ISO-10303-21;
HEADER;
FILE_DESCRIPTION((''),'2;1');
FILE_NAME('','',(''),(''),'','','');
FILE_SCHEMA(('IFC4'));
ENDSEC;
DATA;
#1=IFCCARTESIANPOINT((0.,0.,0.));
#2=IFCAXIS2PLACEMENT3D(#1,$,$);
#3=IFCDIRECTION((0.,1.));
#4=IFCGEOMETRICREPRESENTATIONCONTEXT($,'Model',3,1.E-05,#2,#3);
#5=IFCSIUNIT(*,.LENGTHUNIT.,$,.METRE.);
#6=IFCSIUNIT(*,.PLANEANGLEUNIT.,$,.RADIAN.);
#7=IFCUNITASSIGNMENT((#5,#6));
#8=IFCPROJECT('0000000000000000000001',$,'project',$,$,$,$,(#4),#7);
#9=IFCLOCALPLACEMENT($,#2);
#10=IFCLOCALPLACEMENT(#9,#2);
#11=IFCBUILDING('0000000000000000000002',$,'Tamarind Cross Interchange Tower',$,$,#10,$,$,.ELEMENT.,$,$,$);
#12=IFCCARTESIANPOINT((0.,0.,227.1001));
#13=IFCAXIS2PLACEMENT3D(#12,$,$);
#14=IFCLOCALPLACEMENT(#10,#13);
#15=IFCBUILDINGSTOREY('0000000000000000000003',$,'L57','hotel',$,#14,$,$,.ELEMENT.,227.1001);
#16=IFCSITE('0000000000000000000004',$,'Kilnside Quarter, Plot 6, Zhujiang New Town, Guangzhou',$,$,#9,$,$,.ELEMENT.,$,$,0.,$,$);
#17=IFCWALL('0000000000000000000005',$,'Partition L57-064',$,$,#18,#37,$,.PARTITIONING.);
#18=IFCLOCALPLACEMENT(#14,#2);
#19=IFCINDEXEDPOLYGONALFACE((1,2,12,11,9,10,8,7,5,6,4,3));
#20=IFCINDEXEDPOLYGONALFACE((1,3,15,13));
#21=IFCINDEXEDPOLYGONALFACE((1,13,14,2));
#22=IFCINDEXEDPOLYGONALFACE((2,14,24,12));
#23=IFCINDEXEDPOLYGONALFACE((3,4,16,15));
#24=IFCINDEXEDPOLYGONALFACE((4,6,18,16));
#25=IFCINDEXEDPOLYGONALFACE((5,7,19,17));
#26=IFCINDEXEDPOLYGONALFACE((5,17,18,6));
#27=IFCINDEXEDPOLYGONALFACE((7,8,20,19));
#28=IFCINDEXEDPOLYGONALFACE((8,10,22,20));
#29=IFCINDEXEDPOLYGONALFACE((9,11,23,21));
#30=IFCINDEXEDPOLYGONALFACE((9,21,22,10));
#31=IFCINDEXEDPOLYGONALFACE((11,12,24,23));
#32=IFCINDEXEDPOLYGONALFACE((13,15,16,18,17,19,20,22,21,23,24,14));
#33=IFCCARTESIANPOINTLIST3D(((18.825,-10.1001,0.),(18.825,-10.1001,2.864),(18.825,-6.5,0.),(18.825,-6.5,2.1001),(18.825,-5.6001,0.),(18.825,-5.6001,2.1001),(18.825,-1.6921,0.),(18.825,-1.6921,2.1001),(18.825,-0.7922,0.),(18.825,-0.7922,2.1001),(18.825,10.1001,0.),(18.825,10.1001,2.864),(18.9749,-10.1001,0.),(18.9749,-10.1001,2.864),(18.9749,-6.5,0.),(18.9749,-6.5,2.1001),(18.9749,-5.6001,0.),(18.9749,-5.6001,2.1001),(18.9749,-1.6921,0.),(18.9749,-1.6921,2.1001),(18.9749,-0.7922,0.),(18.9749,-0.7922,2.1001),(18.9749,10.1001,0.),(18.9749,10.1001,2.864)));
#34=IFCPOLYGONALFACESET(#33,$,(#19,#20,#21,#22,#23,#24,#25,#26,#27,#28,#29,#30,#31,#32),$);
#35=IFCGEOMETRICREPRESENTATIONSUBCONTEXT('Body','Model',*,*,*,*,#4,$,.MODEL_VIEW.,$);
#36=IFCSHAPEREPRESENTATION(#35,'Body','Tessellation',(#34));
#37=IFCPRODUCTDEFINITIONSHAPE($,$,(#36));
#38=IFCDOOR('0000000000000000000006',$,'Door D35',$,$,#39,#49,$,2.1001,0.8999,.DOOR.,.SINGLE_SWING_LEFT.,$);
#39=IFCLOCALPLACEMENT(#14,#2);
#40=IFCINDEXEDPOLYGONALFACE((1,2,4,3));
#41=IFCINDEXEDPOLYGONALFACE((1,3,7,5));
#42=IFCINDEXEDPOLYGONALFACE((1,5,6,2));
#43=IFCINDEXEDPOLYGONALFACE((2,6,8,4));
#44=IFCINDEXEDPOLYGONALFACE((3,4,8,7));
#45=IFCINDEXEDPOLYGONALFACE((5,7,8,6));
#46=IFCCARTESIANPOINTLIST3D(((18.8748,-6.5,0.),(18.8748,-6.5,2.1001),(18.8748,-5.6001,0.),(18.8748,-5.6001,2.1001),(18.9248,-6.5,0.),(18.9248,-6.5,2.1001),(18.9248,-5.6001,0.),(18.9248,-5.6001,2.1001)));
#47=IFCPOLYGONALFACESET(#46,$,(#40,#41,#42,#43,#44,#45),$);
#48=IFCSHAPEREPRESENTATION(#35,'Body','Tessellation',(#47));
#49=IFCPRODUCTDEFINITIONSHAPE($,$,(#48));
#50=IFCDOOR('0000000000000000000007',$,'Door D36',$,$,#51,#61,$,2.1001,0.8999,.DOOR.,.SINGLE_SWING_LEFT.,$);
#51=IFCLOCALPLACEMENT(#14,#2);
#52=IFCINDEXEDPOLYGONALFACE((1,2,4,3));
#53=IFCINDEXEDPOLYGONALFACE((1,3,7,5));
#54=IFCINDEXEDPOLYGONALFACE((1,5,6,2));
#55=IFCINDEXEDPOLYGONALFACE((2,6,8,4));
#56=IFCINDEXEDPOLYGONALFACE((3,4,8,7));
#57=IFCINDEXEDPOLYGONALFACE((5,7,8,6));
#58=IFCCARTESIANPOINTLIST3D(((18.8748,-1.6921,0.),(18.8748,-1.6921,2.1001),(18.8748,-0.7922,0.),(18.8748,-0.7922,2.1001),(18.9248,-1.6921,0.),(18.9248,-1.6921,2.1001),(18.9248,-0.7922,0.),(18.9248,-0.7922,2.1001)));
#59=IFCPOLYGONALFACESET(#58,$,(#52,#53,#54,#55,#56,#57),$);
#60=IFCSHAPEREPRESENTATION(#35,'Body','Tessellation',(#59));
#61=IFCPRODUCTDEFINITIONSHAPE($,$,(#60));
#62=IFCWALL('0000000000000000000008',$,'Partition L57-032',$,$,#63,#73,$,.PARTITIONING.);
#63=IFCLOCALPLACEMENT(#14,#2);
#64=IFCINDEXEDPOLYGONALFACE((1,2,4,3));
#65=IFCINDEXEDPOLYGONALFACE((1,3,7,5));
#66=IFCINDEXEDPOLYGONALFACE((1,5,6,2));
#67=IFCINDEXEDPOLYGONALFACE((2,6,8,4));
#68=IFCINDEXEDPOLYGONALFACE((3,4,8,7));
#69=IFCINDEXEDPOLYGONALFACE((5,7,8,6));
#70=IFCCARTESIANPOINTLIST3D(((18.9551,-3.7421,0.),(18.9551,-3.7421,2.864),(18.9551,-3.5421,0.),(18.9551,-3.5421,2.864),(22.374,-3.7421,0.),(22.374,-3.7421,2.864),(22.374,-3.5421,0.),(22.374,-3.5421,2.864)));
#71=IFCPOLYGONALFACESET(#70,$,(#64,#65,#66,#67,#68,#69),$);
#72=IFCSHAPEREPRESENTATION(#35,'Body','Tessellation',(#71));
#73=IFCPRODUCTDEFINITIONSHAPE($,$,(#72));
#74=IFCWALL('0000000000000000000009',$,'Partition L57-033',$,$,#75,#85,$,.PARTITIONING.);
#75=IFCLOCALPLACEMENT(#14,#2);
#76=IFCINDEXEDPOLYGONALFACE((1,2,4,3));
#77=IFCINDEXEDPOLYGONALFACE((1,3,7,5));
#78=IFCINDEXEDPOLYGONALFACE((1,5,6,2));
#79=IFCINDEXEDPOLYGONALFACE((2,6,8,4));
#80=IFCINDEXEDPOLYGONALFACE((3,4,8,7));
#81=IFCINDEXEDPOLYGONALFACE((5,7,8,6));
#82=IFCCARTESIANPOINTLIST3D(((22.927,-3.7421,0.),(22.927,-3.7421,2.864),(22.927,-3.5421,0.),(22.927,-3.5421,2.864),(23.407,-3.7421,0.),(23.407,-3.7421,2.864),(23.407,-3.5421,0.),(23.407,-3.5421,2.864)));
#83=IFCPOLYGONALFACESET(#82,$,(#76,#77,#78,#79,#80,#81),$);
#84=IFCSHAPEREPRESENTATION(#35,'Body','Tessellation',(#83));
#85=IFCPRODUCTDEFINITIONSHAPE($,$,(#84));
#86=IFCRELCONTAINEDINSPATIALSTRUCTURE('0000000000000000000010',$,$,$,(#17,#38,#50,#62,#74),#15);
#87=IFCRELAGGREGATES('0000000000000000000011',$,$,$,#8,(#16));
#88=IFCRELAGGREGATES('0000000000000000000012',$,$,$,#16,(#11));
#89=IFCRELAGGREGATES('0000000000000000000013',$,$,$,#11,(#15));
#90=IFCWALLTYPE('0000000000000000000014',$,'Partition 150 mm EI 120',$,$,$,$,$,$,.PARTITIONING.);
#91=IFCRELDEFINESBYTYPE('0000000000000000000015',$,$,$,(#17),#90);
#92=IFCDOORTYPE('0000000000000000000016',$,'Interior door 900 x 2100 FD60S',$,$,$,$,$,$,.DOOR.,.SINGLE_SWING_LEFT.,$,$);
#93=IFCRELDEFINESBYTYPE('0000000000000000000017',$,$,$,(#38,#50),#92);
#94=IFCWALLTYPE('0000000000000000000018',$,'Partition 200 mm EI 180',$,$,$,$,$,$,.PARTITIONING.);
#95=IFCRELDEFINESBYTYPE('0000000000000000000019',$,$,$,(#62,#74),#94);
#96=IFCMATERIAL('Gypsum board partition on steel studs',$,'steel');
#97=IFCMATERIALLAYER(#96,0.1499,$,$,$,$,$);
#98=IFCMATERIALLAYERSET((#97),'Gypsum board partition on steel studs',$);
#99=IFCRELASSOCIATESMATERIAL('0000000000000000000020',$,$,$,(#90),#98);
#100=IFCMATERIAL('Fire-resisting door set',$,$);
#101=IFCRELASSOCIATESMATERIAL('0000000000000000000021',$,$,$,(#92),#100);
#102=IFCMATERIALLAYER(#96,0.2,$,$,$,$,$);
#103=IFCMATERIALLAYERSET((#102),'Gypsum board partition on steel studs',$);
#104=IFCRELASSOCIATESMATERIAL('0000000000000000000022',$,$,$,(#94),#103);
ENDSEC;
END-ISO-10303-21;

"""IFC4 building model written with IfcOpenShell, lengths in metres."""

from ifc_helpers import new_model, si_unit, direction, frame, frame_2d, origin, place, context, subcontext, project, spatial, rectangle, extrude, material, layer, layer_set, type_object, element, fill, save


model = new_model("IFC4")

# Units and contexts
model_context = context("Model", 3, precision=1e-05, world=origin(), true_north=direction((0.0, 1.0)))
body_context = subcontext(model_context, "Body", "Model", "MODEL_VIEW")
ifc_project = project(units=[si_unit("LENGTHUNIT", "METRE"), si_unit("PLANEANGLEUNIT", "RADIAN")], contexts=[model_context])

# Site, building, storey
site_placement = place(None, origin())
site = spatial("IfcSite", under=ifc_project, at=site_placement, Name="Kilnside Quarter, Plot 6, Zhujiang New Town, Guangzhou", CompositionType="ELEMENT", RefElevation=0.0)
building_placement = place(site_placement, origin())
building = spatial("IfcBuilding", under=site, at=building_placement, Name="Tamarind Cross Interchange Tower", CompositionType="ELEMENT")
storey_placement = place(building_placement, frame((0.0, 0.0, 227.1001)))
storey = spatial("IfcBuildingStorey", under=building, at=storey_placement, Name="L57", Description="hotel", CompositionType="ELEMENT", Elevation=227.1001)

# Shared definitions
ifc_material_1 = material(Name="Gypsum board partition on steel studs", Category="steel")
ifc_layer_1 = layer(ifc_material_1, 0.1499)
ifc_layer_set_1 = layer_set([ifc_layer_1], Name="Gypsum board partition on steel studs")
wall_type_1 = type_object("IfcWallType", Name="Partition 150 mm EI 120", PredefinedType="PARTITIONING", material=ifc_layer_set_1)

# Wall, openings, doors
wall_1_placement = place(storey_placement, frame((18.8999, -10.1001, 0.0), z_axis=(0.0, 0.0, 1.0), x_axis=(0.0, 1.0, 0.0)))
wall_1 = element("IfcWall", 1, at=wall_1_placement, inside=storey, type_object=wall_type_1, Name="Partition L57-064", PredefinedType="PARTITIONING", context=body_context, shape_type="SweptSolid", body=[
    extrude(rectangle(XDim=20.2002, YDim=0.1499, at=frame_2d((10.1001, 0.0))), origin(), (0.0, 0.0, 1.0), 2.864),
])
opening_1_placement = place(wall_1_placement, frame((3.6001, 0.0, 0.0)))
opening_1 = element("IfcOpeningElement", 2, at=opening_1_placement, cuts=wall_1, PredefinedType="OPENING", context=body_context, shape_type="SweptSolid", body=[
    extrude(rectangle(XDim=0.8999, YDim=2.1001, at=frame_2d((0.45, 1.05))), frame((0.0, 0.085, 0.0), z_axis=(0.0, -1.0, 0.0), x_axis=(1.0, 0.0, 0.0)), (0.0, 0.0, 1.0), 0.1699),
])
opening_2_placement = place(wall_1_placement, frame((8.408, 0.0, 0.0)))
opening_2 = element("IfcOpeningElement", 3, at=opening_2_placement, cuts=wall_1, PredefinedType="OPENING", context=body_context, shape_type="SweptSolid", body=[
    extrude(rectangle(XDim=0.8999, YDim=2.1001, at=frame_2d((0.45, 1.05))), frame((0.0, 0.085, 0.0), z_axis=(0.0, -1.0, 0.0), x_axis=(1.0, 0.0, 0.0)), (0.0, 0.0, 1.0), 0.1699),
])
ifc_material_2 = material(Name="Fire-resisting door set")
door_type_1 = type_object("IfcDoorType", Name="Interior door 900 x 2100 FD60S", OperationType="SINGLE_SWING_LEFT", PredefinedType="DOOR", material=ifc_material_2)
door_1_placement = place(opening_1_placement, frame((0.8999, 0.0, 0.0), z_axis=(0.0, 0.0, 1.0), x_axis=(-1.0, 0.0, 0.0)))
door_1 = element("IfcDoor", 4, at=door_1_placement, inside=storey, type_object=door_type_1, Name="Door D35", OperationType="SINGLE_SWING_LEFT", OverallHeight=2.1001, OverallWidth=0.8999, PredefinedType="DOOR", context=body_context, shape_type="SweptSolid", body=[
    extrude(rectangle(XDim=0.8999, YDim=2.1001, at=frame_2d((0.45, 1.05))), frame((0.0, 0.0249, 0.0), z_axis=(0.0, -1.0, 0.0), x_axis=(1.0, 0.0, 0.0)), (0.0, 0.0, 1.0), 0.05),
])
fill(opening_1, door_1)
door_2_placement = place(opening_2_placement, frame((0.8999, 0.0, 0.0), z_axis=(0.0, 0.0, 1.0), x_axis=(-1.0, 0.0, 0.0)))
door_2 = element("IfcDoor", 5, at=door_2_placement, inside=storey, type_object=door_type_1, Name="Door D36", OperationType="SINGLE_SWING_LEFT", OverallHeight=2.1001, OverallWidth=0.8999, PredefinedType="DOOR", context=body_context, shape_type="SweptSolid", body=[
    extrude(rectangle(XDim=0.8999, YDim=2.1001, at=frame_2d((0.45, 1.05))), frame((0.0, 0.0249, 0.0), z_axis=(0.0, -1.0, 0.0), x_axis=(1.0, 0.0, 0.0)), (0.0, 0.0, 1.0), 0.05),
])
fill(opening_2, door_2)

# Walls
ifc_layer_2 = layer(ifc_material_1, 0.2)
ifc_layer_set_2 = layer_set([ifc_layer_2], Name="Gypsum board partition on steel studs")
wall_type_2 = type_object("IfcWallType", Name="Partition 200 mm EI 180", PredefinedType="PARTITIONING", material=ifc_layer_set_2)
wall_2_placement = place(storey_placement, frame((18.9551, -3.6421, 0.0), z_axis=(0.0, 0.0, 1.0), x_axis=(1.0, 0.0, 0.0)))
element("IfcWall", 6, at=wall_2_placement, inside=storey, type_object=wall_type_2, Name="Partition L57-032", PredefinedType="PARTITIONING", context=body_context, shape_type="SweptSolid", body=[
    extrude(rectangle(XDim=3.4189, YDim=0.2, at=frame_2d((1.7095, 0.0))), origin(), (0.0, 0.0, 1.0), 2.864),
])
wall_3_placement = place(storey_placement, frame((22.927, -3.6421, 0.0), z_axis=(0.0, 0.0, 1.0), x_axis=(1.0, 0.0, 0.0)))
element("IfcWall", 7, at=wall_3_placement, inside=storey, type_object=wall_type_2, Name="Partition L57-033", PredefinedType="PARTITIONING", context=body_context, shape_type="SweptSolid", body=[
    extrude(rectangle(XDim=0.48, YDim=0.2, at=frame_2d((0.24, 0.0))), origin(), (0.0, 0.0, 1.0), 2.864),
])

save(model, "model.ifc")
